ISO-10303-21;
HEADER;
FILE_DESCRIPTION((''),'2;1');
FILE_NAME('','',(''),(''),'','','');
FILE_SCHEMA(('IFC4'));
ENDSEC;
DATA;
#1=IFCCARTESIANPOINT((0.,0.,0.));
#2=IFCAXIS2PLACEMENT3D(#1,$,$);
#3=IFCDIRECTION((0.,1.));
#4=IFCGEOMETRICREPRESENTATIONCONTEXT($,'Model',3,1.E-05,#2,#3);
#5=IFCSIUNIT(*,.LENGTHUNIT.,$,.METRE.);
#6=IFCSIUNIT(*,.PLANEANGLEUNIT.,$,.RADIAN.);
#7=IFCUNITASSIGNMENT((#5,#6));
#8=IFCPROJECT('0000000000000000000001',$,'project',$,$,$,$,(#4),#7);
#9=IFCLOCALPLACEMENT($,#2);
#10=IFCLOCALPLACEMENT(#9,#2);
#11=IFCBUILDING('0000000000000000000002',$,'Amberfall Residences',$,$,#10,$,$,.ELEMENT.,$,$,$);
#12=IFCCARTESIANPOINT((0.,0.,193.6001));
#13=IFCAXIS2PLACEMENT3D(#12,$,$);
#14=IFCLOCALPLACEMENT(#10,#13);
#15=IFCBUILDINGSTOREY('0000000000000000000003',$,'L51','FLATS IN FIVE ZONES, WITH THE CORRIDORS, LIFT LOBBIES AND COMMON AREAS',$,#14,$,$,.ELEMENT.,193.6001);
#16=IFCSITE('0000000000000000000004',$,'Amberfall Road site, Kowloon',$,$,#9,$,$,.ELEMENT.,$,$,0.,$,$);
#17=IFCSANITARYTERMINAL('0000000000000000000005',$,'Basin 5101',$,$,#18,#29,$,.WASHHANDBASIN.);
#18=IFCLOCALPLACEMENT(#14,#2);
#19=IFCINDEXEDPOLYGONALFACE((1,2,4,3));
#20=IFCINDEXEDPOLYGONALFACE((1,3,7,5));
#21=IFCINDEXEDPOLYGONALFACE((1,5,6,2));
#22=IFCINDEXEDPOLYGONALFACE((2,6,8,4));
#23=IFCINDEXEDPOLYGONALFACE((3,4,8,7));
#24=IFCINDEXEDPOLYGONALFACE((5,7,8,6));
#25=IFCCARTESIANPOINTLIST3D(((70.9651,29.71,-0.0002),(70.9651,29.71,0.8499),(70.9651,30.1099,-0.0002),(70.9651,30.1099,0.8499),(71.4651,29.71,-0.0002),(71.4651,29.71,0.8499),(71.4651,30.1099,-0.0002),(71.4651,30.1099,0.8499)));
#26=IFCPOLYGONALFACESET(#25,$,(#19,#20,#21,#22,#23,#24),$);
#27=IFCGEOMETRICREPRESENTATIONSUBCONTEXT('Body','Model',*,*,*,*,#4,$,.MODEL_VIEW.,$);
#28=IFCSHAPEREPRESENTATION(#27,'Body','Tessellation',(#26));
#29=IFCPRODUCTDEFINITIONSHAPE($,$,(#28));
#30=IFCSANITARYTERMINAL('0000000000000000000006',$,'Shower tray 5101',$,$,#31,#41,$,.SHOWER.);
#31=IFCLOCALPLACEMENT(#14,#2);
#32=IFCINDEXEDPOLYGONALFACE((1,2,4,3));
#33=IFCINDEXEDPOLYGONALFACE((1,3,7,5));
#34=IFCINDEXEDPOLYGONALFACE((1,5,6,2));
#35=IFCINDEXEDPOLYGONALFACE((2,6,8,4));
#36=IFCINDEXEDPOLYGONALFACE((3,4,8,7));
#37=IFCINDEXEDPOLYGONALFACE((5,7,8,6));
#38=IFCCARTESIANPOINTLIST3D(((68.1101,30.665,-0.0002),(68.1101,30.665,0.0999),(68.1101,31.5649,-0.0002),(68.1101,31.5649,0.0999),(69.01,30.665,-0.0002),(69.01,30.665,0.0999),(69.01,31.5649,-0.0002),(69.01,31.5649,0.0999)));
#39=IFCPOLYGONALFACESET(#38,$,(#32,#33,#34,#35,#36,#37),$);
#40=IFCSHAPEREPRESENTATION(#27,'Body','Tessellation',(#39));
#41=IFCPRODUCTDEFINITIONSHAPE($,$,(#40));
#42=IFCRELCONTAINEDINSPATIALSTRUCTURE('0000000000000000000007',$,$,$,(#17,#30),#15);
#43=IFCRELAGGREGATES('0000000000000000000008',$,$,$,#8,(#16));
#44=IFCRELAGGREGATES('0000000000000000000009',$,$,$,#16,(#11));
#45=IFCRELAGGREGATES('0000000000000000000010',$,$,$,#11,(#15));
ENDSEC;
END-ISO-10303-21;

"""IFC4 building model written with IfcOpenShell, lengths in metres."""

from ifc_helpers import new_model, si_unit, direction, frame, origin, origin_2d, place, context, subcontext, project, spatial, rectangle, extrude, element, save


model = new_model("IFC4")

# Units and contexts
model_context = context("Model", 3, precision=1e-05, world=origin(), true_north=direction((0.0, 1.0)))
body_context = subcontext(model_context, "Body", "Model", "MODEL_VIEW")
ifc_project = project(units=[si_unit("LENGTHUNIT", "METRE"), si_unit("PLANEANGLEUNIT", "RADIAN")], contexts=[model_context])

# Site, building, storey
site_placement = place(None, origin())
site = spatial("IfcSite", under=ifc_project, at=site_placement, Name="Amberfall Road site, Kowloon", CompositionType="ELEMENT", RefElevation=0.0)
building_placement = place(site_placement, origin())
building = spatial("IfcBuilding", under=site, at=building_placement, Name="Amberfall Residences", CompositionType="ELEMENT")
storey_placement = place(building_placement, frame((0.0, 0.0, 193.6001)))
storey = spatial("IfcBuildingStorey", under=building, at=storey_placement, Name="L51", Description="FLATS IN FIVE ZONES, WITH THE CORRIDORS, LIFT LOBBIES AND COMMON AREAS", CompositionType="ELEMENT", Elevation=193.6001)

# Sanitary terminals
sanitary_terminal_1_placement = place(storey_placement, frame((71.2151, 29.9099, -0.0002), z_axis=(0.0, 0.0, 1.0), x_axis=(1.0, 0.0, 0.0)))
element("IfcSanitaryTerminal", 1, at=sanitary_terminal_1_placement, inside=storey, Name="Basin 5101", PredefinedType="WASHHANDBASIN", context=body_context, shape_type="SweptSolid", body=[
    extrude(rectangle(XDim=0.5, YDim=0.3999, at=origin_2d()), origin(), (0.0, 0.0, 1.0), 0.8501),
])
sanitary_terminal_2_placement = place(storey_placement, frame((68.5601, 31.115, -0.0002), z_axis=(0.0, 0.0, 1.0), x_axis=(1.0, 0.0, 0.0)))
element("IfcSanitaryTerminal", 2, at=sanitary_terminal_2_placement, inside=storey, Name="Shower tray 5101", PredefinedType="SHOWER", context=body_context, shape_type="SweptSolid", body=[
    extrude(rectangle(XDim=0.8999, YDim=0.8999, at=origin_2d()), origin(), (0.0, 0.0, 1.0), 0.1001),
])

save(model, "model.ifc")
